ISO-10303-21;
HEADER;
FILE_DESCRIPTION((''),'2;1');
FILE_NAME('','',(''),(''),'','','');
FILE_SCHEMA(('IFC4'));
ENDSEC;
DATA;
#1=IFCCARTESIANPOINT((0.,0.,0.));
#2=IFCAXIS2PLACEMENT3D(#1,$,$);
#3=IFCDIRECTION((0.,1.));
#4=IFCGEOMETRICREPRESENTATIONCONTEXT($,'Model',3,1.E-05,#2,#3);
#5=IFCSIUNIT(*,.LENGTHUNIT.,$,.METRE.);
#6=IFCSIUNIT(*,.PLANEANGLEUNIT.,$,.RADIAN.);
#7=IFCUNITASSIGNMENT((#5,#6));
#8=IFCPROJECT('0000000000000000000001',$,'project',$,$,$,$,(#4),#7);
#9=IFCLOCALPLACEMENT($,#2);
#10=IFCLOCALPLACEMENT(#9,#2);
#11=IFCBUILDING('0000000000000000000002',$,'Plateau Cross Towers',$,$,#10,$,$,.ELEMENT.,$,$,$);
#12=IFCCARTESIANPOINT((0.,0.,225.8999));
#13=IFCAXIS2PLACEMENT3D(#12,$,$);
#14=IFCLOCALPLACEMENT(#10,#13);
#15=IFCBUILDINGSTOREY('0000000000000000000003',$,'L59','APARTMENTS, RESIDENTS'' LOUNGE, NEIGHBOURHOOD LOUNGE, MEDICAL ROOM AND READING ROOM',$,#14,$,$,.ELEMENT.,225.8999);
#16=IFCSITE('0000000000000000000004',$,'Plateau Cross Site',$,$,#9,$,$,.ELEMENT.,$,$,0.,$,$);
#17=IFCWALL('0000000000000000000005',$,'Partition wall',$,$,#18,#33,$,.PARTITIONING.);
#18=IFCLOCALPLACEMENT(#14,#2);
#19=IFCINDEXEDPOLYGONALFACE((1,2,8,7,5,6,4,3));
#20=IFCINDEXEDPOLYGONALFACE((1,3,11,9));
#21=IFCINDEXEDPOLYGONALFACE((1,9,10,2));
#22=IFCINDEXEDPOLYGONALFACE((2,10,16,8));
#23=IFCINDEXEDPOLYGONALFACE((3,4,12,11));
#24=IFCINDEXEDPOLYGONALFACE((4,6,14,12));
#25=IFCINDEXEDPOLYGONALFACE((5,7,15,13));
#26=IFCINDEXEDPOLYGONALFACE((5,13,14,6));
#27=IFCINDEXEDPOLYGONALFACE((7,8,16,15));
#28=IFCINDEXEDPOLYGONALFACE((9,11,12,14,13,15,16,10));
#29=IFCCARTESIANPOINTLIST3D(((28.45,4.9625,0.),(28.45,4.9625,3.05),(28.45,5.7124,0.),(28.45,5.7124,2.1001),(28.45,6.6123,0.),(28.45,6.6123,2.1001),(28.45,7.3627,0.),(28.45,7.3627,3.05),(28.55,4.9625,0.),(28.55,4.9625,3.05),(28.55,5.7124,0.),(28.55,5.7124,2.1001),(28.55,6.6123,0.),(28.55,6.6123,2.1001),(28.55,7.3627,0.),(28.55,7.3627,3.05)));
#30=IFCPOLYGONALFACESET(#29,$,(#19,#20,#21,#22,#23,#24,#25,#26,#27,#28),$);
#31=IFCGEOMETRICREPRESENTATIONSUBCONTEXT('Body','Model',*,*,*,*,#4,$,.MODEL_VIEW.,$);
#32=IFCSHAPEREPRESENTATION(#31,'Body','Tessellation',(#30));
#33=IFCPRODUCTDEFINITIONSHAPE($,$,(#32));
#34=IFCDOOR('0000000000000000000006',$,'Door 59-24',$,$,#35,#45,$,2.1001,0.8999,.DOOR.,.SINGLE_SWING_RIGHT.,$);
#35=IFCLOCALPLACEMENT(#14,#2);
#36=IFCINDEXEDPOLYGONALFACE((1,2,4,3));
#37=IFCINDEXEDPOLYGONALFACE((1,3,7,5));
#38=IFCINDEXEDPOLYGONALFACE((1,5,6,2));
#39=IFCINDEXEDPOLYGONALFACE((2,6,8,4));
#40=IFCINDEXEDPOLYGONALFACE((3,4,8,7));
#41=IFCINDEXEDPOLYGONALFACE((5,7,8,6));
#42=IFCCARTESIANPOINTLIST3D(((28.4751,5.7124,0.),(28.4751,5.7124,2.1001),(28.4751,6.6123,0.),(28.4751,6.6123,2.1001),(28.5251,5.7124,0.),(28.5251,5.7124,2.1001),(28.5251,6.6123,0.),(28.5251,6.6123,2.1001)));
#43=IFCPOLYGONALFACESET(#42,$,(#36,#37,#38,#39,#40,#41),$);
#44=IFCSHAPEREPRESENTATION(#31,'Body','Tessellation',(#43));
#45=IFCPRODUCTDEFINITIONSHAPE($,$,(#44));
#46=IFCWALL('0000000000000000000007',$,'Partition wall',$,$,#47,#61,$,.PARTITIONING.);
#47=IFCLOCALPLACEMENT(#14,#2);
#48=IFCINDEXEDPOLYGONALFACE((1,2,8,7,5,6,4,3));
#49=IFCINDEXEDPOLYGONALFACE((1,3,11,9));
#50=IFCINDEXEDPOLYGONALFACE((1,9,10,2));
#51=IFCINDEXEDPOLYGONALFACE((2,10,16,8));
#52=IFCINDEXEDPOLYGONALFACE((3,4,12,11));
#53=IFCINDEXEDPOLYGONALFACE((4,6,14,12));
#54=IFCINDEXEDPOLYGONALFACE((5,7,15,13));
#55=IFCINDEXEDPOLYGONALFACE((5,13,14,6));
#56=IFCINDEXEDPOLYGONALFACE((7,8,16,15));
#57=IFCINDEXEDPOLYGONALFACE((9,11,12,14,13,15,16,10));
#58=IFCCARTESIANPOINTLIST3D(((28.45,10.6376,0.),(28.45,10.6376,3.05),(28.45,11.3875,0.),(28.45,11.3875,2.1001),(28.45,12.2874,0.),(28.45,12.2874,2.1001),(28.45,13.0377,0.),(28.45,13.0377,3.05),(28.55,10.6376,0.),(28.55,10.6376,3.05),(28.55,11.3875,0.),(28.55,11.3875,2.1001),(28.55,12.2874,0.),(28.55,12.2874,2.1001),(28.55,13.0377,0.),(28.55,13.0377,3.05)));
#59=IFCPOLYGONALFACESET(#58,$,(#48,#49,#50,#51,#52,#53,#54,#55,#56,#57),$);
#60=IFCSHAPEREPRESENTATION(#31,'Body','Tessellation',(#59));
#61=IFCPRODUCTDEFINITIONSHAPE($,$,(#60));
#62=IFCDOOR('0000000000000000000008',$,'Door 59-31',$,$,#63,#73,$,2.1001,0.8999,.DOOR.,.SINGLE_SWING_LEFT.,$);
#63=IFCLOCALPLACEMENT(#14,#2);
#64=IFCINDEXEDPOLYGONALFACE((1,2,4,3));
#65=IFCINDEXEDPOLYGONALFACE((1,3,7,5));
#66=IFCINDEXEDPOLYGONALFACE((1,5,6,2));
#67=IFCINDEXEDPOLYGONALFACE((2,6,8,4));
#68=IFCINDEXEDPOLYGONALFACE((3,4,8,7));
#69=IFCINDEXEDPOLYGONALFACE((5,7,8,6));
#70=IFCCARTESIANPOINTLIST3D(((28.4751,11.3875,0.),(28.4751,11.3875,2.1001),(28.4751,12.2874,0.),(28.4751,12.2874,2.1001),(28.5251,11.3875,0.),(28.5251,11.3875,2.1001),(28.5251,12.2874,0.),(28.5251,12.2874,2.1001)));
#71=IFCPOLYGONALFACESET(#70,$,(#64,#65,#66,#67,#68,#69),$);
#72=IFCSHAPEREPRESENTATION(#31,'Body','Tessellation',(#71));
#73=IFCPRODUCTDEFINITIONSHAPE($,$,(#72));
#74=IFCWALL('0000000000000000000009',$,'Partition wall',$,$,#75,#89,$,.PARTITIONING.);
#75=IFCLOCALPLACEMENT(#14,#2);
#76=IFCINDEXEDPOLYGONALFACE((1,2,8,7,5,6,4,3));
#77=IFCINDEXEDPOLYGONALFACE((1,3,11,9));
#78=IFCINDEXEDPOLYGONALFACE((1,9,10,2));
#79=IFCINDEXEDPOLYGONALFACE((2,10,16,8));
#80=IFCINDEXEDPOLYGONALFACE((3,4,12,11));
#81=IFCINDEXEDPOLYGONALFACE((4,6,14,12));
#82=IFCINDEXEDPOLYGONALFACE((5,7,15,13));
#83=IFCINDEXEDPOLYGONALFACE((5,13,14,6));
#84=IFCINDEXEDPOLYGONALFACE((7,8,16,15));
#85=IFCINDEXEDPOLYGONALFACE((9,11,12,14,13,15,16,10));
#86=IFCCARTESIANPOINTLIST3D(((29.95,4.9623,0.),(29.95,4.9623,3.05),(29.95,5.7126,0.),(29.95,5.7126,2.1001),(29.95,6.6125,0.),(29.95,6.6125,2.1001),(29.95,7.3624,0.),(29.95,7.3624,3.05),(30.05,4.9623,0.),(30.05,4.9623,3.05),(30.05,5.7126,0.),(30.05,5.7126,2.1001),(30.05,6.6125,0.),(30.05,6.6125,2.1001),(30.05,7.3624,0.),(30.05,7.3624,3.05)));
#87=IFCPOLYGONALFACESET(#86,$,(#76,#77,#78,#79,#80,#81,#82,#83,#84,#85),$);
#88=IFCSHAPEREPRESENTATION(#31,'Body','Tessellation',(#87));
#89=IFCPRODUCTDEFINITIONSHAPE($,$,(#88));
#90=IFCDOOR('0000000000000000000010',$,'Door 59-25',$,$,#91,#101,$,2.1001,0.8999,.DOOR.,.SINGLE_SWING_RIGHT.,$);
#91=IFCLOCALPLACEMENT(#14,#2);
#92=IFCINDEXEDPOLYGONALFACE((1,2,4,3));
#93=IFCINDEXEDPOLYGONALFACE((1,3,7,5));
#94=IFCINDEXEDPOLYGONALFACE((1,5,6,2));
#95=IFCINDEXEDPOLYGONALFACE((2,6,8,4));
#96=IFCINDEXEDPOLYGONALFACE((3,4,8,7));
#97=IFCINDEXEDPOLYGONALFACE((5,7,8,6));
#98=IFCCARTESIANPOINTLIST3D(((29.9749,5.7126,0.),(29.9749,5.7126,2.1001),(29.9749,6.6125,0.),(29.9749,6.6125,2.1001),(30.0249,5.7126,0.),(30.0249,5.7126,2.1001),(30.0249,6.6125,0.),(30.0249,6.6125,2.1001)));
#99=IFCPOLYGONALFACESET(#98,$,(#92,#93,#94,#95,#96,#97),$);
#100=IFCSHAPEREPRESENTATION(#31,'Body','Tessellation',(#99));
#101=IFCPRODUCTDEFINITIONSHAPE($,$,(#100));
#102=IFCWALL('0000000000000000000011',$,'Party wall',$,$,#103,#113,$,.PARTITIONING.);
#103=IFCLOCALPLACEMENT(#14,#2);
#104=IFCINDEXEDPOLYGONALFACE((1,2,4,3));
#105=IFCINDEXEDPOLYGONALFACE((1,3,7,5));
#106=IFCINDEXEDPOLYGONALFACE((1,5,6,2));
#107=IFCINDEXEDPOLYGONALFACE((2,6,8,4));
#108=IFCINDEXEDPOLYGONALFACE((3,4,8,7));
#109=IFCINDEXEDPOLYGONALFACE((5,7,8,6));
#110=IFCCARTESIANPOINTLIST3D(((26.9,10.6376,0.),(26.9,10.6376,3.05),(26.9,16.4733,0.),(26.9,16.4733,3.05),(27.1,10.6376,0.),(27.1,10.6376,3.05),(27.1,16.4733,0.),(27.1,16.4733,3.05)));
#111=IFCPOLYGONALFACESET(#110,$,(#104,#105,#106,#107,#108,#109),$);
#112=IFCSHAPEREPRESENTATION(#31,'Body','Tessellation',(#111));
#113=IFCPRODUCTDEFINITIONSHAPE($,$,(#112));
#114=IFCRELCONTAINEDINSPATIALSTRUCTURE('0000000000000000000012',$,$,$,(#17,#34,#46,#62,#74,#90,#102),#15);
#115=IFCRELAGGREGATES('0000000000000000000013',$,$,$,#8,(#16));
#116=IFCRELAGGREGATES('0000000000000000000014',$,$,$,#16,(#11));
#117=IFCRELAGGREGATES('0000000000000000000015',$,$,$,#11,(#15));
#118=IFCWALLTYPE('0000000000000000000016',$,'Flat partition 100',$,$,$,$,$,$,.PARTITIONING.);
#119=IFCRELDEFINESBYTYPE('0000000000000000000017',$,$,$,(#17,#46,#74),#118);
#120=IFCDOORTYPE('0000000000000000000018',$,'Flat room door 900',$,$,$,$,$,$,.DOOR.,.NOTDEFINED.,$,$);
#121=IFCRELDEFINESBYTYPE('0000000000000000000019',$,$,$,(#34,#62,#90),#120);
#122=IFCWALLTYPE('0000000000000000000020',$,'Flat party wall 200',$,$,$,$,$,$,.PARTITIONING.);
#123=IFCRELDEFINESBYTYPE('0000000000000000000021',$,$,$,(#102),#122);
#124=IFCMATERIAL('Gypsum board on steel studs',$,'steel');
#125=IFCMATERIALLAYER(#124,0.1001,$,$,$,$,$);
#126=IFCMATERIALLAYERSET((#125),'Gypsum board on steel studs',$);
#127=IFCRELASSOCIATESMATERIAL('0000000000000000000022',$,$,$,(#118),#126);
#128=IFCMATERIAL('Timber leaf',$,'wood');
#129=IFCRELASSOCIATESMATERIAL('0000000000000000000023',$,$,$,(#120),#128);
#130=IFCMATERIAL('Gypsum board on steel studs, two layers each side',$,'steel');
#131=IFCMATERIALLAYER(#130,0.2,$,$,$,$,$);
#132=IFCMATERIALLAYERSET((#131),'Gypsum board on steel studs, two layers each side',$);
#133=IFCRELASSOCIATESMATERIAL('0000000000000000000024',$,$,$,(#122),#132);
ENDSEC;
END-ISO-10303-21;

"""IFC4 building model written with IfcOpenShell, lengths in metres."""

from ifc_helpers import new_model, si_unit, direction, frame, frame_2d, origin, place, context, subcontext, project, spatial, rectangle, extrude, material, layer, layer_set, type_object, element, fill, save


model = new_model("IFC4")

# Units and contexts
model_context = context("Model", 3, precision=1e-05, world=origin(), true_north=direction((0.0, 1.0)))
body_context = subcontext(model_context, "Body", "Model", "MODEL_VIEW")
ifc_project = project(units=[si_unit("LENGTHUNIT", "METRE"), si_unit("PLANEANGLEUNIT", "RADIAN")], contexts=[model_context])

# Site, building, storey
site_placement = place(None, origin())
site = spatial("IfcSite", under=ifc_project, at=site_placement, Name="Plateau Cross Site", CompositionType="ELEMENT", RefElevation=0.0)
building_placement = place(site_placement, origin())
building = spatial("IfcBuilding", under=site, at=building_placement, Name="Plateau Cross Towers", CompositionType="ELEMENT")
storey_placement = place(building_placement, frame((0.0, 0.0, 225.8999)))
storey = spatial("IfcBuildingStorey", under=building, at=storey_placement, Name="L59", Description="APARTMENTS, RESIDENTS' LOUNGE, NEIGHBOURHOOD LOUNGE, MEDICAL ROOM AND READING ROOM", CompositionType="ELEMENT", Elevation=225.8999)

# Shared definitions
ifc_material_1 = material(Name="Gypsum board on steel studs", Category="steel")
ifc_layer_1 = layer(ifc_material_1, 0.1001)
ifc_layer_set_1 = layer_set([ifc_layer_1], Name="Gypsum board on steel studs")
wall_type_1 = type_object("IfcWallType", Name="Flat partition 100", PredefinedType="PARTITIONING", material=ifc_layer_set_1)

# Walls, openings, doors
wall_1_placement = place(storey_placement, frame((28.5, 4.9624, 0.0), z_axis=(0.0, 0.0, 1.0), x_axis=(0.0, 1.0, 0.0)))
wall_1 = element("IfcWall", 1, at=wall_1_placement, inside=storey, type_object=wall_type_1, Name="Partition wall", PredefinedType="PARTITIONING", context=body_context, shape_type="SweptSolid", body=[
    extrude(rectangle(XDim=2.4001, YDim=0.1001, at=frame_2d((1.2002, 0.0))), origin(), (0.0, 0.0, 1.0), 3.05),
])
opening_1_placement = place(wall_1_placement, frame((0.75, 0.0, 0.0)))
opening_1 = element("IfcOpeningElement", 2, at=opening_1_placement, cuts=wall_1, PredefinedType="OPENING", context=body_context, shape_type="SweptSolid", body=[
    extrude(rectangle(XDim=0.8999, YDim=2.1001, at=frame_2d((0.45, 1.05))), frame((0.0, 0.0601, 0.0), z_axis=(0.0, -1.0, 0.0), x_axis=(1.0, 0.0, 0.0)), (0.0, 0.0, 1.0), 0.1201),
])
ifc_material_2 = material(Name="Timber leaf", Category="wood")
door_type_1 = type_object("IfcDoorType", Name="Flat room door 900", OperationType="NOTDEFINED", PredefinedType="DOOR", material=ifc_material_2)
door_1_placement = place(opening_1_placement, origin())
door_1 = element("IfcDoor", 3, at=door_1_placement, inside=storey, type_object=door_type_1, Name="Door 59-24", OperationType="SINGLE_SWING_RIGHT", OverallHeight=2.1001, OverallWidth=0.8999, PredefinedType="DOOR", context=body_context, shape_type="SweptSolid", body=[
    extrude(rectangle(XDim=0.8999, YDim=2.1001, at=frame_2d((0.45, 1.05))), frame((0.0, 0.0249, 0.0), z_axis=(0.0, -1.0, 0.0), x_axis=(1.0, 0.0, 0.0)), (0.0, 0.0, 1.0), 0.05),
])
fill(opening_1, door_1)
wall_2_placement = place(storey_placement, frame((28.5, 10.6375, 0.0), z_axis=(0.0, 0.0, 1.0), x_axis=(0.0, 1.0, 0.0)))
wall_2 = element("IfcWall", 4, at=wall_2_placement, inside=storey, type_object=wall_type_1, Name="Partition wall", PredefinedType="PARTITIONING", context=body_context, shape_type="SweptSolid", body=[
    extrude(rectangle(XDim=2.4001, YDim=0.1001, at=frame_2d((1.2002, 0.0))), origin(), (0.0, 0.0, 1.0), 3.05),
])
opening_2_placement = place(wall_2_placement, frame((0.75, 0.0, 0.0)))
opening_2 = element("IfcOpeningElement", 5, at=opening_2_placement, cuts=wall_2, PredefinedType="OPENING", context=body_context, shape_type="SweptSolid", body=[
    extrude(rectangle(XDim=0.8999, YDim=2.1001, at=frame_2d((0.45, 1.05))), frame((0.0, 0.0601, 0.0), z_axis=(0.0, -1.0, 0.0), x_axis=(1.0, 0.0, 0.0)), (0.0, 0.0, 1.0), 0.1201),
])
door_2_placement = place(opening_2_placement, origin())
door_2 = element("IfcDoor", 6, at=door_2_placement, inside=storey, type_object=door_type_1, Name="Door 59-31", OperationType="SINGLE_SWING_LEFT", OverallHeight=2.1001, OverallWidth=0.8999, PredefinedType="DOOR", context=body_context, shape_type="SweptSolid", body=[
    extrude(rectangle(XDim=0.8999, YDim=2.1001, at=frame_2d((0.45, 1.05))), frame((0.0, 0.0249, 0.0), z_axis=(0.0, -1.0, 0.0), x_axis=(1.0, 0.0, 0.0)), (0.0, 0.0, 1.0), 0.05),
])
fill(opening_2, door_2)
wall_3_placement = place(storey_placement, frame((30.0, 7.3625, 0.0), z_axis=(0.0, 0.0, 1.0), x_axis=(0.0, -1.0, 0.0)))
wall_3 = element("IfcWall", 7, at=wall_3_placement, inside=storey, type_object=wall_type_1, Name="Partition wall", PredefinedType="PARTITIONING", context=body_context, shape_type="SweptSolid", body=[
    extrude(rectangle(XDim=2.4001, YDim=0.1001, at=frame_2d((1.2002, 0.0))), origin(), (0.0, 0.0, 1.0), 3.05),
])
opening_3_placement = place(wall_3_placement, frame((0.75, 0.0, 0.0)))
opening_3 = element("IfcOpeningElement", 8, at=opening_3_placement, cuts=wall_3, PredefinedType="OPENING", context=body_context, shape_type="SweptSolid", body=[
    extrude(rectangle(XDim=0.8999, YDim=2.1001, at=frame_2d((0.45, 1.05))), frame((0.0, 0.0601, 0.0), z_axis=(0.0, -1.0, 0.0), x_axis=(1.0, 0.0, 0.0)), (0.0, 0.0, 1.0), 0.1201),
])
door_3_placement = place(opening_3_placement, origin())
door_3 = element("IfcDoor", 9, at=door_3_placement, inside=storey, type_object=door_type_1, Name="Door 59-25", OperationType="SINGLE_SWING_RIGHT", OverallHeight=2.1001, OverallWidth=0.8999, PredefinedType="DOOR", context=body_context, shape_type="SweptSolid", body=[
    extrude(rectangle(XDim=0.8999, YDim=2.1001, at=frame_2d((0.45, 1.05))), frame((0.0, 0.0249, 0.0), z_axis=(0.0, -1.0, 0.0), x_axis=(1.0, 0.0, 0.0)), (0.0, 0.0, 1.0), 0.05),
])
fill(opening_3, door_3)

# Wall
ifc_material_3 = material(Name="Gypsum board on steel studs, two layers each side", Category="steel")
ifc_layer_2 = layer(ifc_material_3, 0.2)
ifc_layer_set_2 = layer_set([ifc_layer_2], Name="Gypsum board on steel studs, two layers each side")
wall_type_2 = type_object("IfcWallType", Name="Flat party wall 200", PredefinedType="PARTITIONING", material=ifc_layer_set_2)
wall_4_placement = place(storey_placement, frame((27.0, 10.6375, 0.0), z_axis=(0.0, 0.0, 1.0), x_axis=(0.0, 1.0, 0.0)))
element("IfcWall", 10, at=wall_4_placement, inside=storey, type_object=wall_type_2, Name="Party wall", PredefinedType="PARTITIONING", context=body_context, shape_type="SweptSolid", body=[
    extrude(rectangle(XDim=5.8357, YDim=0.2, at=frame_2d((2.918, 0.0))), origin(), (0.0, 0.0, 1.0), 3.05),
])

save(model, "model.ifc")
